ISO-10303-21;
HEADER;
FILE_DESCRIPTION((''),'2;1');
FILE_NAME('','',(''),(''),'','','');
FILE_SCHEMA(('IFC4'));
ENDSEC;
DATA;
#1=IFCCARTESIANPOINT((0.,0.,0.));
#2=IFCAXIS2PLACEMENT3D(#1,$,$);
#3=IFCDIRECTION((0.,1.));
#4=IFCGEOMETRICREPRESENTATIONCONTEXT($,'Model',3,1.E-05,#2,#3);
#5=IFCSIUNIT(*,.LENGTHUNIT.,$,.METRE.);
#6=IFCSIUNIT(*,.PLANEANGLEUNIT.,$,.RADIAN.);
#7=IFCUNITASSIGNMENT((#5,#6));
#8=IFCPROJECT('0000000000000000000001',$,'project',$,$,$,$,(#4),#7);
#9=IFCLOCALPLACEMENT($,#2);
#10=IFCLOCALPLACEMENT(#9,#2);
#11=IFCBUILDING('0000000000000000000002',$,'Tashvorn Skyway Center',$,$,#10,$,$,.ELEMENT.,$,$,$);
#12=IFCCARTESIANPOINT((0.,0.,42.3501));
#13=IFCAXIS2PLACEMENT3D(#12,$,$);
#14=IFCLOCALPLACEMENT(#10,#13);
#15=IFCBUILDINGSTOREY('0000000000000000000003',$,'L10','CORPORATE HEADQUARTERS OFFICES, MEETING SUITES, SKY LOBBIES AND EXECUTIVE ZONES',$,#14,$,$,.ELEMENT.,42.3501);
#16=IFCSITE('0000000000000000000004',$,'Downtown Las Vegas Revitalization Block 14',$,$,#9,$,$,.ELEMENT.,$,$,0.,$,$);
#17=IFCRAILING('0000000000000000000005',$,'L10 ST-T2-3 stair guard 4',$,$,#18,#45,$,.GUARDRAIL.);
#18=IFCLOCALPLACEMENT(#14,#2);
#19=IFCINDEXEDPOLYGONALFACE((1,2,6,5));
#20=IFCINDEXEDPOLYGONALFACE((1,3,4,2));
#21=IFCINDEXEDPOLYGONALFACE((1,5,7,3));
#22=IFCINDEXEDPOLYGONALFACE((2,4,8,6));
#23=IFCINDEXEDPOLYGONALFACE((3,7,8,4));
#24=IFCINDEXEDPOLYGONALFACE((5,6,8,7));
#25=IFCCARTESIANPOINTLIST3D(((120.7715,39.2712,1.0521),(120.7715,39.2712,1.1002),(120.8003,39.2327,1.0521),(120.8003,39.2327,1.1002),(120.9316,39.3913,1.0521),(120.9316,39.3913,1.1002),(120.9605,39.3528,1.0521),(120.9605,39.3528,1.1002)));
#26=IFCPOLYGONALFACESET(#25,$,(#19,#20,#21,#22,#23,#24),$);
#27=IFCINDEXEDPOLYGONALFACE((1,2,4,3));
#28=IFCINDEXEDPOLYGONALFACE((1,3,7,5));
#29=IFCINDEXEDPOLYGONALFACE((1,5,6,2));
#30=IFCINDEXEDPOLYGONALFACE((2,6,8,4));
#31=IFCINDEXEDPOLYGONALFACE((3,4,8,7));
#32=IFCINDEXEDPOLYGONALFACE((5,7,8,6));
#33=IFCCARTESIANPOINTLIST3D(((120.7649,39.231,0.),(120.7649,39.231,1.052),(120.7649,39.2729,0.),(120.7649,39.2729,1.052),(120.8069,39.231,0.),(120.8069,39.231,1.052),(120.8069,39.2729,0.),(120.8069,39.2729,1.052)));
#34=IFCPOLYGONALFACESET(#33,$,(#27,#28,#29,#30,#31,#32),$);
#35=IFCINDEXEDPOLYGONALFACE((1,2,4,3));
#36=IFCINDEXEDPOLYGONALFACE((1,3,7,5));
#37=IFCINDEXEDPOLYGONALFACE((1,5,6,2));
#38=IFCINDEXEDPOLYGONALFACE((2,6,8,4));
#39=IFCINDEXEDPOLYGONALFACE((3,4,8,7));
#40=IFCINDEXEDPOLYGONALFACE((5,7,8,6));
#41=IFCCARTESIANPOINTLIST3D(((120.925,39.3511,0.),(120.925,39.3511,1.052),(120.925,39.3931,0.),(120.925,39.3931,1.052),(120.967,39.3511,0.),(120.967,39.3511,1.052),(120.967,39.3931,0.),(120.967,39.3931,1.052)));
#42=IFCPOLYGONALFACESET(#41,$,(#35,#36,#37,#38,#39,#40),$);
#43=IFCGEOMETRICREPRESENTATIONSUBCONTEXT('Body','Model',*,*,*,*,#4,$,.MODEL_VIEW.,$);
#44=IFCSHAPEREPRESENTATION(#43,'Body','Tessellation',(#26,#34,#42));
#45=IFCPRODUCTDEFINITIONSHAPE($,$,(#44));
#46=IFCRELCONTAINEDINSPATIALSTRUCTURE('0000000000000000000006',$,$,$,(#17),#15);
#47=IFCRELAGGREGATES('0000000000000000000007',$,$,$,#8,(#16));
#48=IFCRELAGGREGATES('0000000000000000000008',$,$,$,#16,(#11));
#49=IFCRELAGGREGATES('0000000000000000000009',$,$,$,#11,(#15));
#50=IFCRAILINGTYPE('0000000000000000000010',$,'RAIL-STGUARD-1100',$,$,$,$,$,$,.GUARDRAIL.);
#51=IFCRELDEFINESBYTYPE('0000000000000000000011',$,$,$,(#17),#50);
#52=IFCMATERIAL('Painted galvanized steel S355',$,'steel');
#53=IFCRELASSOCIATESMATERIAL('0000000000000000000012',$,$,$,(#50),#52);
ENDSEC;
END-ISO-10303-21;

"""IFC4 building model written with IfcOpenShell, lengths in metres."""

from ifc_helpers import new_model, si_unit, direction, frame, origin, origin_2d, place, context, subcontext, project, spatial, rectangle, extrude, material, type_object, element, save


model = new_model("IFC4")

# Units and contexts
model_context = context("Model", 3, precision=1e-05, world=origin(), true_north=direction((0.0, 1.0)))
body_context = subcontext(model_context, "Body", "Model", "MODEL_VIEW")
ifc_project = project(units=[si_unit("LENGTHUNIT", "METRE"), si_unit("PLANEANGLEUNIT", "RADIAN")], contexts=[model_context])

# Site, building, storey
site_placement = place(None, origin())
site = spatial("IfcSite", under=ifc_project, at=site_placement, Name="Downtown Las Vegas Revitalization Block 14", CompositionType="ELEMENT", RefElevation=0.0)
building_placement = place(site_placement, origin())
building = spatial("IfcBuilding", under=site, at=building_placement, Name="Tashvorn Skyway Center", CompositionType="ELEMENT")
storey_placement = place(building_placement, frame((0.0, 0.0, 42.3501)))
storey = spatial("IfcBuildingStorey", under=building, at=storey_placement, Name="L10", Description="CORPORATE HEADQUARTERS OFFICES, MEETING SUITES, SKY LOBBIES AND EXECUTIVE ZONES", CompositionType="ELEMENT", Elevation=42.3501)

# Railing
ifc_material_1 = material(Name="Painted galvanized steel S355", Category="steel")
railing_type_1 = type_object("IfcRailingType", Name="RAIL-STGUARD-1100", PredefinedType="GUARDRAIL", material=ifc_material_1)
railing_1_placement = place(storey_placement, frame((120.7859, 39.252, 0.0)))
element("IfcRailing", 1, at=railing_1_placement, inside=storey, type_object=railing_type_1, Name="L10 ST-T2-3 stair guard 4", PredefinedType="GUARDRAIL", context=body_context, shape_type="SweptSolid", body=[
    extrude(rectangle(XDim=0.0481, YDim=0.0481, at=origin_2d()), frame((0.0, 0.0, 1.0762), z_axis=(0.8, 0.6, 0.0), x_axis=(-0.6, 0.8, 0.0)), (0.0, 0.0, 1.0), 0.2002),
    extrude(rectangle(XDim=0.042, YDim=0.042, at=origin_2d()), origin(), (0.0, 0.0, 1.0), 1.052),
    extrude(rectangle(XDim=0.042, YDim=0.042, at=origin_2d()), frame((0.1602, 0.1201, 0.0)), (0.0, 0.0, 1.0), 1.052),
])

save(model, "model.ifc")
